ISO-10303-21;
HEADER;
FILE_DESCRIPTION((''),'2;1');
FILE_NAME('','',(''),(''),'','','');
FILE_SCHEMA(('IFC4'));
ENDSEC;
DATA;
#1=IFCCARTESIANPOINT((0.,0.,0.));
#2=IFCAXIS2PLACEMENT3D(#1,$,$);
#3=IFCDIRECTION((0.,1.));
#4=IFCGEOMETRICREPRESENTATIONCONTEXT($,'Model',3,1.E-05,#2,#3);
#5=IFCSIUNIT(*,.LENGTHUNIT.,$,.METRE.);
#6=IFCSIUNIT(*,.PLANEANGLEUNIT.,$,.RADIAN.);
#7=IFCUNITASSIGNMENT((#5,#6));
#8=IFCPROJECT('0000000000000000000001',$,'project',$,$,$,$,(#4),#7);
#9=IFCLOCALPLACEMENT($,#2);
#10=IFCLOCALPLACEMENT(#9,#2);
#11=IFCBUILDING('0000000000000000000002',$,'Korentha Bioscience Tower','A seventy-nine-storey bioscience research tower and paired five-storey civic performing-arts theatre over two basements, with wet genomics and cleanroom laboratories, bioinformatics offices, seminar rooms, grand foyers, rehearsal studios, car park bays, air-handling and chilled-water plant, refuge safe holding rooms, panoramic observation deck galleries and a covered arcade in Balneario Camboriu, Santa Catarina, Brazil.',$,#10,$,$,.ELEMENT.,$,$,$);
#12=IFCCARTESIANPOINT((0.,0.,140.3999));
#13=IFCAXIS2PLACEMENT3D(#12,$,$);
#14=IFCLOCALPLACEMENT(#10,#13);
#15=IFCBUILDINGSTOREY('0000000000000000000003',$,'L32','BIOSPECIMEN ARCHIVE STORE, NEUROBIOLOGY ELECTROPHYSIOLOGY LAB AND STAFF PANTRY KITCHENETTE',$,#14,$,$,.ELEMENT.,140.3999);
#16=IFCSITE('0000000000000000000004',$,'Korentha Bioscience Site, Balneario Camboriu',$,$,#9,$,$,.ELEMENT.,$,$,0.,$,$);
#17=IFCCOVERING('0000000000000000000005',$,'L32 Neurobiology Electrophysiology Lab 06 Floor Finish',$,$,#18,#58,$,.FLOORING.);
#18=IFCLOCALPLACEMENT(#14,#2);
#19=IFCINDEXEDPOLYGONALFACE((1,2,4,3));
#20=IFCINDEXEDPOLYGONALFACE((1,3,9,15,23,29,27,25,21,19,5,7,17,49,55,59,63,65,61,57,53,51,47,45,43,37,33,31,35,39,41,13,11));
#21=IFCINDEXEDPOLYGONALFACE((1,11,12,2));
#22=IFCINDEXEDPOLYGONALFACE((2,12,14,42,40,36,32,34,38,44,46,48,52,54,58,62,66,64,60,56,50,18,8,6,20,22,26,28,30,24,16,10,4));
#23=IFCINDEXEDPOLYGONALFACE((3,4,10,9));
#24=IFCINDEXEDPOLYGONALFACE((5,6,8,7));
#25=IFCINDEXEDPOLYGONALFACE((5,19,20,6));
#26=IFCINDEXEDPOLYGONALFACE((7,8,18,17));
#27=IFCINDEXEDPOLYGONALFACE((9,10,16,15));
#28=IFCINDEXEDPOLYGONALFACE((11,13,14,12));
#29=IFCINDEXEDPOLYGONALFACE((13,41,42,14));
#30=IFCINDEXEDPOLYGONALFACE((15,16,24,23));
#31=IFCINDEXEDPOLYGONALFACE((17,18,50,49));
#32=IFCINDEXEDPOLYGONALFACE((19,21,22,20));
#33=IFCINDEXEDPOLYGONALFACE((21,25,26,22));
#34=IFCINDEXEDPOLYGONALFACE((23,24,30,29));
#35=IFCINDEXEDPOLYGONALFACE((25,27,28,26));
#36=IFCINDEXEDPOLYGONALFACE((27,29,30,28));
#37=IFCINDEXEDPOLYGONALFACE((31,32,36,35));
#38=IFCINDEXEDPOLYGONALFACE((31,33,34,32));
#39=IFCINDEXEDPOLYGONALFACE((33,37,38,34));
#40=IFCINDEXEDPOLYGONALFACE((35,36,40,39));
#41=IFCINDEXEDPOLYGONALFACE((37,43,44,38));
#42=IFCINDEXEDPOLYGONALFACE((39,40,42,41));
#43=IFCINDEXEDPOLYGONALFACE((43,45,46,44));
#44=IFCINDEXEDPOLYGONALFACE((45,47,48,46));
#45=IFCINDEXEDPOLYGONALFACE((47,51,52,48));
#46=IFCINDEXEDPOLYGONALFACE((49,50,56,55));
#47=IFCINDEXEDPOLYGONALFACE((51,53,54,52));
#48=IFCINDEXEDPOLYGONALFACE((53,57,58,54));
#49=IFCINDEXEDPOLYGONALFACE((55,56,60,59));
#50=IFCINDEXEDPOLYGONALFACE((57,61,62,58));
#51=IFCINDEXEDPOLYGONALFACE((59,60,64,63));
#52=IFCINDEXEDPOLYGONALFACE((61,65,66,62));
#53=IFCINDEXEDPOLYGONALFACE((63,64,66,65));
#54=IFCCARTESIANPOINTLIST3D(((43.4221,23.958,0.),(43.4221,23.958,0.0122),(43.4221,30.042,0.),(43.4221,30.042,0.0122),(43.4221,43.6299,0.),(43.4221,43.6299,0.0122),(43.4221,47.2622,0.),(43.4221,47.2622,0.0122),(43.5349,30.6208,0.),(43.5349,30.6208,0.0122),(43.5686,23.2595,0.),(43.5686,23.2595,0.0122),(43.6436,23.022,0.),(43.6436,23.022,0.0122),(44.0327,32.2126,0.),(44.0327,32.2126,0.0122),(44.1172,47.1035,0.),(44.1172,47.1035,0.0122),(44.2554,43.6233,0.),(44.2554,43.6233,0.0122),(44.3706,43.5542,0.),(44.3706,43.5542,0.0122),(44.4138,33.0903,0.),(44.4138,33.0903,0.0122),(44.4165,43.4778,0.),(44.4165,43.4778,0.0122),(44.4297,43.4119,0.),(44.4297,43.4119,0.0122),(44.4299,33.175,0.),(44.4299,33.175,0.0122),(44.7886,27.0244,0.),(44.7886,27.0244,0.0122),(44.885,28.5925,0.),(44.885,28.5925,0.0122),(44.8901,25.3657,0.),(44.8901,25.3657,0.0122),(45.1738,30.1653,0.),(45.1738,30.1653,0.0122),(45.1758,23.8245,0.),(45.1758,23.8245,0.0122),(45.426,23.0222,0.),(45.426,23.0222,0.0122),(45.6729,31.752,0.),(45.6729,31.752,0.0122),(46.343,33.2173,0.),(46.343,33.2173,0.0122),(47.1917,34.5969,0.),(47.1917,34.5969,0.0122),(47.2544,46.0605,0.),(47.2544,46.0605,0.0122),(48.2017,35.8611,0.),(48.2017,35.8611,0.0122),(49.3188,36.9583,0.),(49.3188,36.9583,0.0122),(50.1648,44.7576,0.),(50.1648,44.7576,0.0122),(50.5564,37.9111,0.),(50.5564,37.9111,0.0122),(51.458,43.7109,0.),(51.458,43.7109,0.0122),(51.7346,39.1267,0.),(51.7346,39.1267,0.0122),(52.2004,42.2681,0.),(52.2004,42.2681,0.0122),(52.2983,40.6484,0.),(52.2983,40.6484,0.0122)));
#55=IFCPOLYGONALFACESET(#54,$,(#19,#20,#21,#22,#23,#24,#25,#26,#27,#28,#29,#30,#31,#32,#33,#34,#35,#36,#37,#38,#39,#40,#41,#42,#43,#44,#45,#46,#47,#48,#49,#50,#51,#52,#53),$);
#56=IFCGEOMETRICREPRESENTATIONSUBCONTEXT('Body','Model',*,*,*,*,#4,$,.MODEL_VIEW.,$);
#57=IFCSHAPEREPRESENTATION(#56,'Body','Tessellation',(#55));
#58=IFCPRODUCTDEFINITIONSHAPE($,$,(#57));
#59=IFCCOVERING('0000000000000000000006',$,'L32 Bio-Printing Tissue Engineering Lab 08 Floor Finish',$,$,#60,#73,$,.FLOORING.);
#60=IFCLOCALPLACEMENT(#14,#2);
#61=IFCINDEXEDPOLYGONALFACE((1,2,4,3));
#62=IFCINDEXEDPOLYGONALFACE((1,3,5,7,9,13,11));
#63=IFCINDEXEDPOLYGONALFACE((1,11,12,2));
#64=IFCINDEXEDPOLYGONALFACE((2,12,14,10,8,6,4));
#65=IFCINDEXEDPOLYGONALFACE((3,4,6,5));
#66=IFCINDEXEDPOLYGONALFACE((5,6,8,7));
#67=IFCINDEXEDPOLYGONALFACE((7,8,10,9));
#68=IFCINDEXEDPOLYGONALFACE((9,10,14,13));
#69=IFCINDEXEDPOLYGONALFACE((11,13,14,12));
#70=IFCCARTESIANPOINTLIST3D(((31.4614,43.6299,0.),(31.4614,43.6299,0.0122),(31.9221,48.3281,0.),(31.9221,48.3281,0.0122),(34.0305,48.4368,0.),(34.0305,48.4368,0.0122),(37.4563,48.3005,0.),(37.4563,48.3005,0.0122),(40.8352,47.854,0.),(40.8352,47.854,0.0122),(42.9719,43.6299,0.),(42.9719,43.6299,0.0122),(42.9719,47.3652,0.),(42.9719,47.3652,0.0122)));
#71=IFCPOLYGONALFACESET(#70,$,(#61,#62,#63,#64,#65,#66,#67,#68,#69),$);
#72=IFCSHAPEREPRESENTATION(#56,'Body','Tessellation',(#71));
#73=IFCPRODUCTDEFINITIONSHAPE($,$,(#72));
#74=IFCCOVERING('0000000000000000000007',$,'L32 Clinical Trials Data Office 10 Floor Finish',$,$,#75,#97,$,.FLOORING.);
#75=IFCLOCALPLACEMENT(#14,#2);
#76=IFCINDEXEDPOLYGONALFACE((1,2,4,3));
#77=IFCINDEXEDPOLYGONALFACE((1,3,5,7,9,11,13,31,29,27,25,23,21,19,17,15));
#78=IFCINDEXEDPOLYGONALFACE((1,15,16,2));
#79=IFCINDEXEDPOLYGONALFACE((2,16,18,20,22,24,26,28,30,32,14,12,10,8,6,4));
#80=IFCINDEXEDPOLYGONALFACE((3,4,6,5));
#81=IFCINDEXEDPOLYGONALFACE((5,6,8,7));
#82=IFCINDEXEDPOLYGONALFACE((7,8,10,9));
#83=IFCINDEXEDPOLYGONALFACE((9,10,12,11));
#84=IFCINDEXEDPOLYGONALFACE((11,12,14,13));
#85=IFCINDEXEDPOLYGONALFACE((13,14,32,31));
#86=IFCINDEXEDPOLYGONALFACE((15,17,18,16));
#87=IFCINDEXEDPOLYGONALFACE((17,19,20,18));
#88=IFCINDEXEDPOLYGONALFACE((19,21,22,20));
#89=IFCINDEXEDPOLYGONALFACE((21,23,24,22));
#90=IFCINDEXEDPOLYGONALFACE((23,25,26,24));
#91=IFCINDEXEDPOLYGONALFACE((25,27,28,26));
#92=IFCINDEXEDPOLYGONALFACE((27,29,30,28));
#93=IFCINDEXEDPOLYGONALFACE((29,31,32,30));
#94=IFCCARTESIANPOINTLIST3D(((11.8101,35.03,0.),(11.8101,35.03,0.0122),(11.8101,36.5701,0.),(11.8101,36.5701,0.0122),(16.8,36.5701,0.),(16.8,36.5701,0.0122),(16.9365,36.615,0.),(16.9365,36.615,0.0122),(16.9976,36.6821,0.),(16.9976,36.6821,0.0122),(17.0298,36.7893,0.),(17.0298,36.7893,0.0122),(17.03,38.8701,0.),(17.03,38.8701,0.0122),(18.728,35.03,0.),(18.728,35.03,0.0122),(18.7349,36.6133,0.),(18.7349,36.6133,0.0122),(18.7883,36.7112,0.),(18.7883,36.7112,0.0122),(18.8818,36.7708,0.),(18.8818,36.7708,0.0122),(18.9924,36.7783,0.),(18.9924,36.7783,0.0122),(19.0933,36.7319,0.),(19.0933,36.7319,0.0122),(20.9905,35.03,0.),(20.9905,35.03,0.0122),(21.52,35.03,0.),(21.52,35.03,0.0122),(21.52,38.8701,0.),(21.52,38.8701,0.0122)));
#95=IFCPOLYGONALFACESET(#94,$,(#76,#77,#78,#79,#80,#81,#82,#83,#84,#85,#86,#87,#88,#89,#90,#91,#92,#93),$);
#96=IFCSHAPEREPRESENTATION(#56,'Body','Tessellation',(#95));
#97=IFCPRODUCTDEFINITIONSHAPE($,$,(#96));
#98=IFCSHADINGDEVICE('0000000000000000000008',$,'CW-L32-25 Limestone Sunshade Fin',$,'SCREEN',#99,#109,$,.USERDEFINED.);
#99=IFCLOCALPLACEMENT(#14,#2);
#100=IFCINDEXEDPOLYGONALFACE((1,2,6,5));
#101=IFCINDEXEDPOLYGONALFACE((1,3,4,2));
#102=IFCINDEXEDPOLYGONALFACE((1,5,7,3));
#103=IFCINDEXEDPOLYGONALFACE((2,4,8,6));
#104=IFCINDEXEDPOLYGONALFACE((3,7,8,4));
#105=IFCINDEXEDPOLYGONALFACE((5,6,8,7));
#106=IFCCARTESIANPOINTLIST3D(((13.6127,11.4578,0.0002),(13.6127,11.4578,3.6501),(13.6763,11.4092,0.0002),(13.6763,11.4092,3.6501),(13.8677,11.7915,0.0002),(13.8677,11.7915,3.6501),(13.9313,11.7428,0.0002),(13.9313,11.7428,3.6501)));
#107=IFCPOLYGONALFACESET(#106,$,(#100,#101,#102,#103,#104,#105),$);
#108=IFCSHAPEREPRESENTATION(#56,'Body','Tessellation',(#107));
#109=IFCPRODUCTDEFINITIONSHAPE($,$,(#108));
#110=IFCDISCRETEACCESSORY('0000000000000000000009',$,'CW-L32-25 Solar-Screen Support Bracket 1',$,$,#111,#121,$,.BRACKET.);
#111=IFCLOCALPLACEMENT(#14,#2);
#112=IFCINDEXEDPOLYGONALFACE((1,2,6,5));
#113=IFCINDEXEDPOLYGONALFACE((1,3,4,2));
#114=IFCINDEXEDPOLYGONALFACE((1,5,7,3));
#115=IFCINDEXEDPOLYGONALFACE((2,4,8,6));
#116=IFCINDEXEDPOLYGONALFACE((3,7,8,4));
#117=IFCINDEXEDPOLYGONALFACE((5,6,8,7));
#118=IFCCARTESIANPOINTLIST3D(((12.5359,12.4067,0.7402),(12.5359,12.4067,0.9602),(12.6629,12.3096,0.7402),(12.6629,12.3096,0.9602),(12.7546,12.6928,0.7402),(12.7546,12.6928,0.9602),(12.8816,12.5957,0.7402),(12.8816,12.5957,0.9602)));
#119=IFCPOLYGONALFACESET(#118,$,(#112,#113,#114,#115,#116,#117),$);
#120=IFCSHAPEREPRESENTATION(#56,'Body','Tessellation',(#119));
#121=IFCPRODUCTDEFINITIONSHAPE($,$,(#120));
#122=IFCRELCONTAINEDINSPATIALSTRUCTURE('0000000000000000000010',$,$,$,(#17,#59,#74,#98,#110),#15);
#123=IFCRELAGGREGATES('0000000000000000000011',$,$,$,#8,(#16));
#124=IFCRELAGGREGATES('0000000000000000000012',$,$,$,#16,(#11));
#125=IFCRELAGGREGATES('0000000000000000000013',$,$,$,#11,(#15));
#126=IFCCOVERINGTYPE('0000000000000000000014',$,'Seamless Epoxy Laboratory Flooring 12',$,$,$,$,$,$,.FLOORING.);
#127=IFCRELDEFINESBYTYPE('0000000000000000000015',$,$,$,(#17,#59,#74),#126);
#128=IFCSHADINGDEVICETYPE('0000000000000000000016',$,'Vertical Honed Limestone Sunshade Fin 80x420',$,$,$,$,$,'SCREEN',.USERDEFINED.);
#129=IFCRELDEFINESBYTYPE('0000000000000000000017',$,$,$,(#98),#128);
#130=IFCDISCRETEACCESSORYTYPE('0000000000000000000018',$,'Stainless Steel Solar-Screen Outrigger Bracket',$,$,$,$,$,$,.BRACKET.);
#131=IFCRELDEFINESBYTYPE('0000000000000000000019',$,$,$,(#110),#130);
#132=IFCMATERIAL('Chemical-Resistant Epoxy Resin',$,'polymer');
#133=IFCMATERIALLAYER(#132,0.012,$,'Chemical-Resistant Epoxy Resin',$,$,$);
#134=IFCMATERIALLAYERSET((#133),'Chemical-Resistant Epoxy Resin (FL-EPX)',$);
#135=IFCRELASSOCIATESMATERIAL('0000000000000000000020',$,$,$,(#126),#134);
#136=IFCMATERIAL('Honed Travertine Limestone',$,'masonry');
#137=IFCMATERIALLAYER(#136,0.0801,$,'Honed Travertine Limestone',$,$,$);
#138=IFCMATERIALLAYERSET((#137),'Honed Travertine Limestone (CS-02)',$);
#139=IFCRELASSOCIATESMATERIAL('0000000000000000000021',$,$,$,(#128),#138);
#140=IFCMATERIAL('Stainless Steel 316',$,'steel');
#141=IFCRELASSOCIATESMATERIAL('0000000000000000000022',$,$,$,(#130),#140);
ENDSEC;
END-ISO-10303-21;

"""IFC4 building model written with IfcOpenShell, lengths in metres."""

from ifc_helpers import new_model, si_unit, direction, frame, origin, origin_2d, place, context, subcontext, project, spatial, polyline, rectangle, outline, extrude, material, layer, layer_set, type_object, element, save


model = new_model("IFC4")

# Units and contexts
model_context = context("Model", 3, precision=1e-05, world=origin(), true_north=direction((0.0, 1.0)))
body_context = subcontext(model_context, "Body", "Model", "MODEL_VIEW")
ifc_project = project(units=[si_unit("LENGTHUNIT", "METRE"), si_unit("PLANEANGLEUNIT", "RADIAN")], contexts=[model_context])

# Site, building, storey
site_placement = place(None, origin())
site = spatial("IfcSite", under=ifc_project, at=site_placement, Name="Korentha Bioscience Site, Balneario Camboriu", CompositionType="ELEMENT", RefElevation=0.0)
building_placement = place(site_placement, origin())
building = spatial("IfcBuilding", under=site, at=building_placement, Name="Korentha Bioscience Tower", Description="A seventy-nine-storey bioscience research tower and paired five-storey civic performing-arts theatre over two basements, with wet genomics and cleanroom laboratories, bioinformatics offices, seminar rooms, grand foyers, rehearsal studios, car park bays, air-handling and chilled-water plant, refuge safe holding rooms, panoramic observation deck galleries and a covered arcade in Balneario Camboriu, Santa Catarina, Brazil.", CompositionType="ELEMENT")
storey_placement = place(building_placement, frame((0.0, 0.0, 140.3999)))
storey = spatial("IfcBuildingStorey", under=building, at=storey_placement, Name="L32", Description="BIOSPECIMEN ARCHIVE STORE, NEUROBIOLOGY ELECTROPHYSIOLOGY LAB AND STAFF PANTRY KITCHENETTE", CompositionType="ELEMENT", Elevation=140.3999)

# Coverings
ifc_material_1 = material(Name="Chemical-Resistant Epoxy Resin", Category="polymer")
ifc_layer_1 = layer(ifc_material_1, 0.012, Name="Chemical-Resistant Epoxy Resin")
ifc_layer_set_1 = layer_set([ifc_layer_1], Name="Chemical-Resistant Epoxy Resin (FL-EPX)")
covering_type_1 = type_object("IfcCoveringType", Name="Seamless Epoxy Laboratory Flooring 12", PredefinedType="FLOORING", material=ifc_layer_set_1)
covering_1_placement = place(storey_placement, origin())
element("IfcCovering", 1, at=covering_1_placement, inside=storey, type_object=covering_type_1, Name="L32 Neurobiology Electrophysiology Lab 06 Floor Finish", PredefinedType="FLOORING", context=body_context, shape_type="SweptSolid", body=[
    extrude(outline(polyline([(43.4221, 30.042), (43.5349, 30.6208), (44.0327, 32.2126), (44.4138, 33.0903), (44.4299, 33.175), (44.4297, 43.4119), (44.4165, 43.4778), (44.3706, 43.5542), (44.2554, 43.6233), (43.4221, 43.6299), (43.4221, 47.2622), (44.1172, 47.1035), (47.2544, 46.0605), (50.1648, 44.7576), (51.458, 43.7109), (52.2004, 42.2681), (52.2983, 40.6484), (51.7346, 39.1267), (50.5564, 37.9111), (49.3188, 36.9583), (48.2017, 35.8611), (47.1917, 34.5969), (46.343, 33.2173), (45.6729, 31.752), (45.1738, 30.1653), (44.885, 28.5925), (44.7886, 27.0244), (44.8901, 25.3657), (45.1758, 23.8245), (45.426, 23.0222), (43.6436, 23.022), (43.5686, 23.2595), (43.4221, 23.958), (43.4221, 30.042)])), origin(), (0.0, 0.0, 1.0), 0.0122),
])
covering_2_placement = place(storey_placement, origin())
element("IfcCovering", 2, at=covering_2_placement, inside=storey, type_object=covering_type_1, Name="L32 Bio-Printing Tissue Engineering Lab 08 Floor Finish", PredefinedType="FLOORING", context=body_context, shape_type="SweptSolid", body=[
    extrude(outline(polyline([(34.0305, 48.4368), (37.4563, 48.3005), (40.8352, 47.854), (42.9719, 47.3652), (42.9719, 43.6299), (31.4614, 43.6299), (31.9221, 48.3281), (34.0305, 48.4368)])), origin(), (0.0, 0.0, 1.0), 0.0122),
])
covering_3_placement = place(storey_placement, origin())
element("IfcCovering", 3, at=covering_3_placement, inside=storey, type_object=covering_type_1, Name="L32 Clinical Trials Data Office 10 Floor Finish", PredefinedType="FLOORING", context=body_context, shape_type="SweptSolid", body=[
    extrude(outline(polyline([(19.0933, 36.7319), (18.9924, 36.7783), (18.8818, 36.7708), (18.7883, 36.7112), (18.7349, 36.6133), (18.728, 35.03), (11.8101, 35.03), (11.8101, 36.5701), (16.8, 36.5701), (16.9365, 36.615), (16.9976, 36.6821), (17.0298, 36.7893), (17.03, 38.8701), (21.52, 38.8701), (21.52, 35.03), (20.9905, 35.03), (19.0933, 36.7319)])), origin(), (0.0, 0.0, 1.0), 0.0122),
])

# Shading device
ifc_material_2 = material(Name="Honed Travertine Limestone", Category="masonry")
ifc_layer_2 = layer(ifc_material_2, 0.0801, Name="Honed Travertine Limestone")
ifc_layer_set_2 = layer_set([ifc_layer_2], Name="Honed Travertine Limestone (CS-02)")
shading_device_type_1 = type_object("IfcShadingDeviceType", Name="Vertical Honed Limestone Sunshade Fin 80x420", ElementType="SCREEN", PredefinedType="USERDEFINED", material=ifc_layer_set_2)
shading_device_1_placement = place(storey_placement, frame((13.772, 11.6003, 0.0002), z_axis=(0.0, 0.0, 1.0), x_axis=(0.7945, -0.607265, 0.0)))
element("IfcShadingDevice", 4, at=shading_device_1_placement, inside=storey, type_object=shading_device_type_1, Name="CW-L32-25 Limestone Sunshade Fin", ObjectType="SCREEN", PredefinedType="USERDEFINED", context=body_context, shape_type="SweptSolid", body=[
    extrude(rectangle(XDim=0.0801, YDim=0.4199, at=origin_2d()), origin(), (0.0, 0.0, 1.0), 3.6499),
])

# Discrete accessory
ifc_material_3 = material(Name="Stainless Steel 316", Category="steel")
discrete_accessory_type = type_object("IfcDiscreteAccessoryType", Name="Stainless Steel Solar-Screen Outrigger Bracket", PredefinedType="BRACKET", material=ifc_material_3)
discrete_accessory_placement = place(storey_placement, frame((12.7087, 12.5012, 0.7402), z_axis=(0.0, 0.0, 1.0), x_axis=(0.7945, -0.607265, 0.0)))
element("IfcDiscreteAccessory", 5, at=discrete_accessory_placement, inside=storey, type_object=discrete_accessory_type, Name="CW-L32-25 Solar-Screen Support Bracket 1", PredefinedType="BRACKET", context=body_context, shape_type="SweptSolid", body=[
    extrude(rectangle(XDim=0.1599, YDim=0.3601, at=origin_2d()), origin(), (0.0, 0.0, 1.0), 0.22),
])

save(model, "model.ifc")
